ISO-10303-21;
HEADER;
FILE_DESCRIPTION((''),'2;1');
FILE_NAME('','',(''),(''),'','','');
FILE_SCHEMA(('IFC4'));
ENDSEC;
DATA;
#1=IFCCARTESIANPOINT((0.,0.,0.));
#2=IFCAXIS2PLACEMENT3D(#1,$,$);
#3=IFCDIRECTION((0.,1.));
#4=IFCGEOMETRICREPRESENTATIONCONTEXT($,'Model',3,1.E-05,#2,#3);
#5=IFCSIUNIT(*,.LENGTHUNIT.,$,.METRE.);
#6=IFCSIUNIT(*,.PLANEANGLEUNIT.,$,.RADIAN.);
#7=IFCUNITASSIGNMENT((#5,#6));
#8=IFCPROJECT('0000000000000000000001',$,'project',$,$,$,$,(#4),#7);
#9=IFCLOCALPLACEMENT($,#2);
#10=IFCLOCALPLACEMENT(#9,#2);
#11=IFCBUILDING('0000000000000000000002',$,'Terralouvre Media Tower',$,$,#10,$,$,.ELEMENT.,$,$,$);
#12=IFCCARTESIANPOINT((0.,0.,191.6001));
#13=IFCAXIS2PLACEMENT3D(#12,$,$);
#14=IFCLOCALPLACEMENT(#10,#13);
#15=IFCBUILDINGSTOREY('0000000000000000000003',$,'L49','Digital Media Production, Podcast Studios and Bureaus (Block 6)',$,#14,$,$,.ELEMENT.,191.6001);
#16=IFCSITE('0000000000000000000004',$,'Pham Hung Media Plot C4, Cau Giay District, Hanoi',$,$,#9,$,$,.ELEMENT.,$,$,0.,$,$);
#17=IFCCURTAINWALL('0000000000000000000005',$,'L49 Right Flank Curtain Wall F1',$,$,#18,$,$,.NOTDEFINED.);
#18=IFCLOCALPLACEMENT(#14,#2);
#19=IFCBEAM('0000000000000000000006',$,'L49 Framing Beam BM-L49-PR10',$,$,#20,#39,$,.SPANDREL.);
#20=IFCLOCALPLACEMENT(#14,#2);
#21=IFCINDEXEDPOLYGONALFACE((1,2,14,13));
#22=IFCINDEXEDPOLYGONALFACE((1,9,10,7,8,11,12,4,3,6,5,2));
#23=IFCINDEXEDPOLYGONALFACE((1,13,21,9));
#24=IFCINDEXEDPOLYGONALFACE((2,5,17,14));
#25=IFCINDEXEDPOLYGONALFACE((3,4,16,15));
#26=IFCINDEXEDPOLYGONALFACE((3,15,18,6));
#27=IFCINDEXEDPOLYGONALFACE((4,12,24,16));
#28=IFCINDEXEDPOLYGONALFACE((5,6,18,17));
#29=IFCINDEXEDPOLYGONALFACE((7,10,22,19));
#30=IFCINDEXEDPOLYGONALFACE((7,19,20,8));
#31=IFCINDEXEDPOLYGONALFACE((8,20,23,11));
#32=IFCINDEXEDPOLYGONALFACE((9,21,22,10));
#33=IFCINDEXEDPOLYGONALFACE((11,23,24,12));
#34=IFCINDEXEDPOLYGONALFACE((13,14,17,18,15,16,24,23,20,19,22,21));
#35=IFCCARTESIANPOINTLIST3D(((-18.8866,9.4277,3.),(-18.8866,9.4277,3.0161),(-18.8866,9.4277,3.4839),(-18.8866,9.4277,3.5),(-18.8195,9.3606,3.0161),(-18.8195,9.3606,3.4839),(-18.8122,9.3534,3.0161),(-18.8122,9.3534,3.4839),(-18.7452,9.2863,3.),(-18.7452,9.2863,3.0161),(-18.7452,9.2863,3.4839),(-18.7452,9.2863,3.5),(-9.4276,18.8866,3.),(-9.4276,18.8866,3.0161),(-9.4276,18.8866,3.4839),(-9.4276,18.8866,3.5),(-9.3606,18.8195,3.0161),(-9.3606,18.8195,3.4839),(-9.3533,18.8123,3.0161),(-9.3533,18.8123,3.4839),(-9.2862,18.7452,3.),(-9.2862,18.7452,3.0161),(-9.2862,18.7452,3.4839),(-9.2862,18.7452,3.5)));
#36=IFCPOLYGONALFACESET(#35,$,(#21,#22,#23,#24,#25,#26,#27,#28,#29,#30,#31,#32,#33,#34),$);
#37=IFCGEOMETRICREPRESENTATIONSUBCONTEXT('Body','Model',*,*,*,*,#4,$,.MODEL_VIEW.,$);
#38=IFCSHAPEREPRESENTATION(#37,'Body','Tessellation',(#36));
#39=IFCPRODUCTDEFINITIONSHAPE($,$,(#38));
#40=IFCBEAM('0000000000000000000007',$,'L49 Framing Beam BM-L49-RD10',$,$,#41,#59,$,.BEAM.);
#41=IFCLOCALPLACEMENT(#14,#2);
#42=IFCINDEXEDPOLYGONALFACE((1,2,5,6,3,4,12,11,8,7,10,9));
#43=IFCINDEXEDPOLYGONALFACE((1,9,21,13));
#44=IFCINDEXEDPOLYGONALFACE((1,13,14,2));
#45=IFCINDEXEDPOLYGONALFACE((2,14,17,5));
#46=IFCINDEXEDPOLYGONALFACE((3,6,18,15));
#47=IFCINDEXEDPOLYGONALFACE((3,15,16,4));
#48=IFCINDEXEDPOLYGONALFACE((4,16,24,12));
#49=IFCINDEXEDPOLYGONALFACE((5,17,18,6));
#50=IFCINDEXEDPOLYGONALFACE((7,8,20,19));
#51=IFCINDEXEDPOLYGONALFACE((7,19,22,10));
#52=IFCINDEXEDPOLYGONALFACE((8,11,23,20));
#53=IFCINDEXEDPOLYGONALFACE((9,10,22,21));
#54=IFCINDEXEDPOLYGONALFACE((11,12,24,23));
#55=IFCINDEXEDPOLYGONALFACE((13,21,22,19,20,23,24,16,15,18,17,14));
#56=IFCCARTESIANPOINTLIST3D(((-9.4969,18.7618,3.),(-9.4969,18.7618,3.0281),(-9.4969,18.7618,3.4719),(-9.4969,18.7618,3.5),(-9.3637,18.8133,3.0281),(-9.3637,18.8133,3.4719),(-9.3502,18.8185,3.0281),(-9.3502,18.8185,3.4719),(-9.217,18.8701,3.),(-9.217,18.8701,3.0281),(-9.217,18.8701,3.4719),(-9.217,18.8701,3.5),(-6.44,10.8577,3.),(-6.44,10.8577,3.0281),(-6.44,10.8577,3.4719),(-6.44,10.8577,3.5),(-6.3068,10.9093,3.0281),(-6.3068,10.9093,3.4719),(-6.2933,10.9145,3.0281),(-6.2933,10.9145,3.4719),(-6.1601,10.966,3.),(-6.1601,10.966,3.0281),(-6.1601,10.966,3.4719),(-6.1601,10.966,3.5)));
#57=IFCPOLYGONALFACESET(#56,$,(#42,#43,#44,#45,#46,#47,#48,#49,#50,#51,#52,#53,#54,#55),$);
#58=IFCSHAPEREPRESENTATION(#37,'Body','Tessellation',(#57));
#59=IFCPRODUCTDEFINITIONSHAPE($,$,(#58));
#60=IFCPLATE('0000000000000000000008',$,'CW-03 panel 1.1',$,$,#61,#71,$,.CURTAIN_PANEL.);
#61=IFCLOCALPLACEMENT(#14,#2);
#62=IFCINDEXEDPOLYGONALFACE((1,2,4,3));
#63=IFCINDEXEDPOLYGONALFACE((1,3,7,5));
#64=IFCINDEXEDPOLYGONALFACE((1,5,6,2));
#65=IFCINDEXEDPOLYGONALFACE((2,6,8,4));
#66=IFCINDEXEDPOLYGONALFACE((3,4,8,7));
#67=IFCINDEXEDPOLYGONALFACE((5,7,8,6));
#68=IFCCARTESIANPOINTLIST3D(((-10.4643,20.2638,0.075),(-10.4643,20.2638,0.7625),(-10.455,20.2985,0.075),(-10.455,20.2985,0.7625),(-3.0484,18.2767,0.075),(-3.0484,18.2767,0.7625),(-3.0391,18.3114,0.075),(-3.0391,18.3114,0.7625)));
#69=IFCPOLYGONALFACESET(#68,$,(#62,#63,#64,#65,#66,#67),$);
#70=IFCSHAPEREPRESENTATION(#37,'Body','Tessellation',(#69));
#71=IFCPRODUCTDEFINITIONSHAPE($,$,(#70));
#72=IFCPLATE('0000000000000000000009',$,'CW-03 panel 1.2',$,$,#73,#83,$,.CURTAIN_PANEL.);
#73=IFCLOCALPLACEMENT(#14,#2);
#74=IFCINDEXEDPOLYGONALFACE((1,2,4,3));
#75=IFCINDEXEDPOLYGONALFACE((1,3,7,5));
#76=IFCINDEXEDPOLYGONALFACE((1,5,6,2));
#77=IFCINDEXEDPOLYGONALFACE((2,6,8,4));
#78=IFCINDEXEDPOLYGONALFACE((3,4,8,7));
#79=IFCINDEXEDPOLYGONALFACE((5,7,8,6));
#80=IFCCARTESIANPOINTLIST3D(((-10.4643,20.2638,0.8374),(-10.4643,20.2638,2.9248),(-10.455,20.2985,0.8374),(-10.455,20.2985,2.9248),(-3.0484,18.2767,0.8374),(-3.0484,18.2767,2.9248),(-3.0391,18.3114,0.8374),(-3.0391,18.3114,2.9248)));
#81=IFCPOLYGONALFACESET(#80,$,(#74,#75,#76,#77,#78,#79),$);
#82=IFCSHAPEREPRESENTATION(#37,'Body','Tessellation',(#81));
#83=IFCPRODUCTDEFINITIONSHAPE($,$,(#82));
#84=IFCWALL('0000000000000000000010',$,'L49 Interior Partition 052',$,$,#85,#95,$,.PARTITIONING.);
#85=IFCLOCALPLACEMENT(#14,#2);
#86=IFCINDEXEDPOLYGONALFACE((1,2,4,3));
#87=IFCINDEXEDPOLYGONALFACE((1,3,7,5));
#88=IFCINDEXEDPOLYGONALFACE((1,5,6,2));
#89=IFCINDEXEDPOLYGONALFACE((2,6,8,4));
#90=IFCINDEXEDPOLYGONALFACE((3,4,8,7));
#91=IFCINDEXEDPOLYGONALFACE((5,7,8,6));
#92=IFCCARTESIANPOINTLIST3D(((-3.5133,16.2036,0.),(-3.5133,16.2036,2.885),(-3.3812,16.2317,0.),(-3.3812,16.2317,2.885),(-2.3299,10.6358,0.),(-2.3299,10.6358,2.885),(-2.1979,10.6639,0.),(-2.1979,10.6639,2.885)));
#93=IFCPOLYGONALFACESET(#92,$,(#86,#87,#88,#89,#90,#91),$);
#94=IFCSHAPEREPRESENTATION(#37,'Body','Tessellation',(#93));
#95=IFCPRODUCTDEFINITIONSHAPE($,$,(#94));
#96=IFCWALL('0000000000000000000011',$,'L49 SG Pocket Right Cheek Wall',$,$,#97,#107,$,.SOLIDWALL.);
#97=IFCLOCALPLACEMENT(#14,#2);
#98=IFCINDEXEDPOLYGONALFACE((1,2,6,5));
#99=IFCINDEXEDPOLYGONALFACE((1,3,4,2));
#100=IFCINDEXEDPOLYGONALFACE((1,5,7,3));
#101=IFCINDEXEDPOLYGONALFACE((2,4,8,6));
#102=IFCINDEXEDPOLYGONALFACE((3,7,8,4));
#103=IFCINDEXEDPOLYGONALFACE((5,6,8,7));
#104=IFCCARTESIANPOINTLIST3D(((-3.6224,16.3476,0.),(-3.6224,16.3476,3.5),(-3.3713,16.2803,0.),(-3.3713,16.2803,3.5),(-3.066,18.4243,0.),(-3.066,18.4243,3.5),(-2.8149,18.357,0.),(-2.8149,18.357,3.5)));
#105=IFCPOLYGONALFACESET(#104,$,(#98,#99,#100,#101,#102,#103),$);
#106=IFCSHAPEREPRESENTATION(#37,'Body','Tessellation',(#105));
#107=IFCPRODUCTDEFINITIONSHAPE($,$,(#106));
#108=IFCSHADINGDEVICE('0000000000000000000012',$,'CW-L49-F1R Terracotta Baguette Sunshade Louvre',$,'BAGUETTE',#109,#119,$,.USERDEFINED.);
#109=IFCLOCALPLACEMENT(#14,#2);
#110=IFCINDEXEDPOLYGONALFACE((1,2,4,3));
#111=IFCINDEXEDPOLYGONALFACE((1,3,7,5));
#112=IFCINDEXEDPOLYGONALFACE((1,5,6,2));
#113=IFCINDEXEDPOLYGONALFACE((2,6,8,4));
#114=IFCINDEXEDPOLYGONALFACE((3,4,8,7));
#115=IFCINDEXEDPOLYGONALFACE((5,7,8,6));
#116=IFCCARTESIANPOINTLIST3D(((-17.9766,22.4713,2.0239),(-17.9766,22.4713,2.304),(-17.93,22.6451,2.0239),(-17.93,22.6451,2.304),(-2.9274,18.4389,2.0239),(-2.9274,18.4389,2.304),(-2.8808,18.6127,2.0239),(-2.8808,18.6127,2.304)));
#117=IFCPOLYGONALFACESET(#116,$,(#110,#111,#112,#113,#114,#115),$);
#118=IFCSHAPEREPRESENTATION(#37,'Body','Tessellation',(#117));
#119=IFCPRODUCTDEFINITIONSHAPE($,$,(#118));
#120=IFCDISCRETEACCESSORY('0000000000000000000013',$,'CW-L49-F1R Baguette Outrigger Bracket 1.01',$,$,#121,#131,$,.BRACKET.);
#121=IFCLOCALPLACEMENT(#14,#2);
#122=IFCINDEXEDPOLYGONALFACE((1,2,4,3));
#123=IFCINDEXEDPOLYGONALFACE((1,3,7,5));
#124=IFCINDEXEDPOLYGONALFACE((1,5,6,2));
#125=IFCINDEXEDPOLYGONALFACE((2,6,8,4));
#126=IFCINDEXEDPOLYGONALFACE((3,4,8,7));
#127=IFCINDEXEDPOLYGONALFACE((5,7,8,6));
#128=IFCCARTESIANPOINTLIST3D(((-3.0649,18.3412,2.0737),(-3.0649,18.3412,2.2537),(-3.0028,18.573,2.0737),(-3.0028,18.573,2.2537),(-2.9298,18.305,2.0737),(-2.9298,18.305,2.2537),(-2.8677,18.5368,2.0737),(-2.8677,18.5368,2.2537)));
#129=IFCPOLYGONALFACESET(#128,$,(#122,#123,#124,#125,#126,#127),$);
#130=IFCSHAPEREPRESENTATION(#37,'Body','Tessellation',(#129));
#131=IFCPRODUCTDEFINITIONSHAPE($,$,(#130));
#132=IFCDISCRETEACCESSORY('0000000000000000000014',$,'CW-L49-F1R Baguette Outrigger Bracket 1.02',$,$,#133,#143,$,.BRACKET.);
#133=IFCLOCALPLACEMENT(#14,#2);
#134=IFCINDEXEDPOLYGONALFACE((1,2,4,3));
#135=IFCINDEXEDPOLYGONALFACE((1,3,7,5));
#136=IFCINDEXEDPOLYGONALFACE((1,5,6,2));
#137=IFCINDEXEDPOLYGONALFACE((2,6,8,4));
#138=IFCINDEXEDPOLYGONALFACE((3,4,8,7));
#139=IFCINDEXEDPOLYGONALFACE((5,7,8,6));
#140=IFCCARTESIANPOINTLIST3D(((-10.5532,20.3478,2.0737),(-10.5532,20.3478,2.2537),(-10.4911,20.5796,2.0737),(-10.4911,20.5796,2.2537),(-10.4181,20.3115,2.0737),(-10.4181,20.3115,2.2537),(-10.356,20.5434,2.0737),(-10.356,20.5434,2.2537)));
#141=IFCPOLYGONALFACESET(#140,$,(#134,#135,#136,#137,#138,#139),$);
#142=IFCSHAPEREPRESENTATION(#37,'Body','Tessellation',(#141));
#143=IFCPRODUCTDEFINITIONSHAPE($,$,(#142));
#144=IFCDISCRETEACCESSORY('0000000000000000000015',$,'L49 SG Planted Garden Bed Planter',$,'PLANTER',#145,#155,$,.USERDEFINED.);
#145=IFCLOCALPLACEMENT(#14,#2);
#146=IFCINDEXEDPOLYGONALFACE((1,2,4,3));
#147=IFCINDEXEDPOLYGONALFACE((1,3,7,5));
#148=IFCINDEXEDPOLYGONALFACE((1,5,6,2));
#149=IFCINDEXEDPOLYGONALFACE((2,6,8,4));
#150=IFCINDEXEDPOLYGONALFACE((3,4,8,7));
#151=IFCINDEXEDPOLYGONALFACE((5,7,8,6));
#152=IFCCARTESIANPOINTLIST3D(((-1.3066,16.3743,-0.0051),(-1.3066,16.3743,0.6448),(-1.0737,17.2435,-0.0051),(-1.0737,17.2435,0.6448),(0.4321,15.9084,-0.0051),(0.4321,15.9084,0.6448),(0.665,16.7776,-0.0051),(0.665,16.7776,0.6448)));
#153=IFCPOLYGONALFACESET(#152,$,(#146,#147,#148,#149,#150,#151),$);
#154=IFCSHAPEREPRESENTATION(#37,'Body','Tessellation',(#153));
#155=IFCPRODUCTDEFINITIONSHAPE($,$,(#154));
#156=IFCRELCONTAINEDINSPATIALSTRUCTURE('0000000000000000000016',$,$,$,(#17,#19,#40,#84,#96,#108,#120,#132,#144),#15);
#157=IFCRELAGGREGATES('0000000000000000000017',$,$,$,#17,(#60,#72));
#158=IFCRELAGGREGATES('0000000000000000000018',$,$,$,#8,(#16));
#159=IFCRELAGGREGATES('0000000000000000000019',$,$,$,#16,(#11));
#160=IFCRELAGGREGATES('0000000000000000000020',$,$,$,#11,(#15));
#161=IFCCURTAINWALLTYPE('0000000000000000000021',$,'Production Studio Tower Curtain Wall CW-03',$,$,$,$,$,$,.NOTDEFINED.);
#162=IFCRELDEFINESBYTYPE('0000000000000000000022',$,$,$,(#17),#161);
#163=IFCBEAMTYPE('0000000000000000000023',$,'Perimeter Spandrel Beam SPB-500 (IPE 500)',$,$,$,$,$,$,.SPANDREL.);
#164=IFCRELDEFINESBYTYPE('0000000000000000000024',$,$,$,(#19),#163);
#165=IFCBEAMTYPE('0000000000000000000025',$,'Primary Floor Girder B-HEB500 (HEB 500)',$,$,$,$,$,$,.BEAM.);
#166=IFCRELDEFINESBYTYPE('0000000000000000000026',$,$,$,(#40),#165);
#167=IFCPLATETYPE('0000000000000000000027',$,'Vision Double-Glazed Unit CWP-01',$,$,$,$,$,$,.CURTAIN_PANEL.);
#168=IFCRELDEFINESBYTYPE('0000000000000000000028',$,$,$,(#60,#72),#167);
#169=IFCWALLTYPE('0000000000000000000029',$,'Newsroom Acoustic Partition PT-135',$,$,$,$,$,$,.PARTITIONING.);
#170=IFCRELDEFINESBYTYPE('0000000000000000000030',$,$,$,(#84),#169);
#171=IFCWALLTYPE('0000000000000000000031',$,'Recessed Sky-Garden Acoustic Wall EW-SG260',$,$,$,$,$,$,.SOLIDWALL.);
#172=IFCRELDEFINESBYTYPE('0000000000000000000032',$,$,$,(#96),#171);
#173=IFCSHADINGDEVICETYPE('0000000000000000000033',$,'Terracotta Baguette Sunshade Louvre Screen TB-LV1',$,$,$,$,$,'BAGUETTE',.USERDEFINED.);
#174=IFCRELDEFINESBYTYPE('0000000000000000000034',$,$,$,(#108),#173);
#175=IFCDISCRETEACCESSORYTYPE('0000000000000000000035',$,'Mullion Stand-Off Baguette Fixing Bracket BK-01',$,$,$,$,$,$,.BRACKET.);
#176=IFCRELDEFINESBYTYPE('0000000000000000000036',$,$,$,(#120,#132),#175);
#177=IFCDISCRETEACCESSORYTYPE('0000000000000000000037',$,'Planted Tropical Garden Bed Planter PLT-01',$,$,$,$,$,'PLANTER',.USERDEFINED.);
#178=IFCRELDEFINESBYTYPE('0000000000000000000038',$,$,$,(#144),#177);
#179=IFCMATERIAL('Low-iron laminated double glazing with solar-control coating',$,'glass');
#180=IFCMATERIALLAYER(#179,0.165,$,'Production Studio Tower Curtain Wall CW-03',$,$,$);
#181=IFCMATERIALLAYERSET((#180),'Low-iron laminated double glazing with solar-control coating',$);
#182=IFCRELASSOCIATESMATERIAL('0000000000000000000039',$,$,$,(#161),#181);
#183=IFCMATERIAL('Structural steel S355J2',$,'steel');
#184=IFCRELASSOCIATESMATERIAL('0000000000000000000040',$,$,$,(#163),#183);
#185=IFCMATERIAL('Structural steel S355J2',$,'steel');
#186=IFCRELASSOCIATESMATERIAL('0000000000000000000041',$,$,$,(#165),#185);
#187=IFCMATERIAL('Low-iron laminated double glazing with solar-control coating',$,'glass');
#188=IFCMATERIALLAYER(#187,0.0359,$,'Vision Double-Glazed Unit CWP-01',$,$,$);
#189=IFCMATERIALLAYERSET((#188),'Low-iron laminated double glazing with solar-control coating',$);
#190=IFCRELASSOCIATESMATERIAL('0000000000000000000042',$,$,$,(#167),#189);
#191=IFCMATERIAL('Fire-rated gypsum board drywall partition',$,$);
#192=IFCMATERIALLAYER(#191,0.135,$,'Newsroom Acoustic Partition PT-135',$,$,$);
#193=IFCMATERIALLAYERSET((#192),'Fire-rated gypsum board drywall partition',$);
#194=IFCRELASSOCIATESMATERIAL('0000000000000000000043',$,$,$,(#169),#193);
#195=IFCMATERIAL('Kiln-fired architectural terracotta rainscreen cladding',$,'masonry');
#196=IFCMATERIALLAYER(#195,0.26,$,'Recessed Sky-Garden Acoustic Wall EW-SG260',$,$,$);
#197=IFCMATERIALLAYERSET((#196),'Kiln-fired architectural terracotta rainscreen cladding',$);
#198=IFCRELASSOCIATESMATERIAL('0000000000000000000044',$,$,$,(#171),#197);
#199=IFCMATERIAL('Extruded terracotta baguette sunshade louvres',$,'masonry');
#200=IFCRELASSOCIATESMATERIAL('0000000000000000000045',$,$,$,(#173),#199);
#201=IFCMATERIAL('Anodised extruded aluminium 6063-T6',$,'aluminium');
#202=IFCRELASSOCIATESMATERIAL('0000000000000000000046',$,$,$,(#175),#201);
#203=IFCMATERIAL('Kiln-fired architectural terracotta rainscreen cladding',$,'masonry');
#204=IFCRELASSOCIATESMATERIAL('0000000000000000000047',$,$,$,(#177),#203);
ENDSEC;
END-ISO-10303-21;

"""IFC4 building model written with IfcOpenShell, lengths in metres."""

from ifc_helpers import new_model, si_unit, direction, frame, frame_2d, origin, origin_2d, place, context, subcontext, project, spatial, rectangle, i_section, extrude, material, layer, layer_set, material_profile, profile_set, type_object, element, aggregate, save


model = new_model("IFC4")

# Units and contexts
model_context = context("Model", 3, precision=1e-05, world=origin(), true_north=direction((0.0, 1.0)))
body_context = subcontext(model_context, "Body", "Model", "MODEL_VIEW")
ifc_project = project(units=[si_unit("LENGTHUNIT", "METRE"), si_unit("PLANEANGLEUNIT", "RADIAN")], contexts=[model_context])

# Site, building, storey
site_placement = place(None, origin())
site = spatial("IfcSite", under=ifc_project, at=site_placement, Name="Pham Hung Media Plot C4, Cau Giay District, Hanoi", CompositionType="ELEMENT", RefElevation=0.0)
building_placement = place(site_placement, origin())
building = spatial("IfcBuilding", under=site, at=building_placement, Name="Terralouvre Media Tower", CompositionType="ELEMENT")
storey_placement = place(building_placement, frame((0.0, 0.0, 191.6001)))
storey = spatial("IfcBuildingStorey", under=building, at=storey_placement, Name="L49", Description="Digital Media Production, Podcast Studios and Bureaus (Block 6)", CompositionType="ELEMENT", Elevation=191.6001)

# Curtain wall
ifc_material_1 = material(Name="Low-iron laminated double glazing with solar-control coating", Category="glass")
ifc_layer_1 = layer(ifc_material_1, 0.165, Name="Production Studio Tower Curtain Wall CW-03")
ifc_layer_set_1 = layer_set([ifc_layer_1], Name="Low-iron laminated double glazing with solar-control coating")
curtain_wall_type = type_object("IfcCurtainWallType", Name="Production Studio Tower Curtain Wall CW-03", PredefinedType="NOTDEFINED", material=ifc_layer_set_1)
curtain_wall_placement = place(storey_placement, origin())
curtain_wall = element("IfcCurtainWall", 1, at=curtain_wall_placement, inside=storey, type_object=curtain_wall_type, Name="L49 Right Flank Curtain Wall F1", PredefinedType="NOTDEFINED")

# Beams
ifc_material_2 = material(Name="Structural steel S355J2", Category="steel")
ifc_material_profile_1 = material_profile(ifc_material_2, i_section(OverallWidth=0.2, OverallDepth=0.5, WebThickness=0.0103, FlangeThickness=0.0161, at=origin_2d()), Name="IPE 500")
ifc_profile_set_1 = profile_set([ifc_material_profile_1], Name="Structural steel S355J2")
beam_type_1 = type_object("IfcBeamType", Name="Perimeter Spandrel Beam SPB-500 (IPE 500)", PredefinedType="SPANDREL", material=ifc_profile_set_1)
beam_1_placement = place(storey_placement, frame((-9.3569, 18.8159, 3.25), z_axis=(-0.707107, -0.707107, 0.0), x_axis=(0.707107, -0.707107, 0.0)))
element("IfcBeam", 2, at=beam_1_placement, inside=storey, type_object=beam_type_1, Name="L49 Framing Beam BM-L49-PR10", PredefinedType="SPANDREL", context=body_context, shape_type="SweptSolid", body=[
    extrude(i_section(OverallWidth=0.2, OverallDepth=0.5, WebThickness=0.0103, FlangeThickness=0.0161, at=origin_2d()), origin(), (0.0, 0.0, 1.0), 13.377),
])
ifc_material_3 = material(Name="Structural steel S355J2", Category="steel")
ifc_material_profile_2 = material_profile(ifc_material_3, i_section(OverallWidth=0.3, OverallDepth=0.5, WebThickness=0.0144, FlangeThickness=0.0281, at=origin_2d()), Name="HEB 500")
ifc_profile_set_2 = profile_set([ifc_material_profile_2], Name="Structural steel S355J2")
beam_type_2 = type_object("IfcBeamType", Name="Primary Floor Girder B-HEB500 (HEB 500)", PredefinedType="BEAM", material=ifc_profile_set_2)
beam_2_placement = place(storey_placement, frame((-6.3, 10.9119, 3.25), z_axis=(-0.360712, 0.932677, 0.0), x_axis=(-0.932677, -0.360712, 0.0)))
element("IfcBeam", 3, at=beam_2_placement, inside=storey, type_object=beam_type_2, Name="L49 Framing Beam BM-L49-RD10", PredefinedType="BEAM", context=body_context, shape_type="SweptSolid", body=[
    extrude(i_section(OverallWidth=0.3, OverallDepth=0.5, WebThickness=0.0144, FlangeThickness=0.0281, at=origin_2d()), origin(), (0.0, 0.0, 1.0), 8.4746),
])

# Plates
ifc_material_4 = material(Name="Low-iron laminated double glazing with solar-control coating", Category="glass")
ifc_layer_2 = layer(ifc_material_4, 0.0359, Name="Vision Double-Glazed Unit CWP-01")
ifc_layer_set_2 = layer_set([ifc_layer_2], Name="Low-iron laminated double glazing with solar-control coating")
plate_type = type_object("IfcPlateType", Name="Vision Double-Glazed Unit CWP-01", PredefinedType="CURTAIN_PANEL", material=ifc_layer_set_2)
plate_1_placement = place(storey_placement, frame((-6.7517, 19.2876, 0.075), z_axis=(0.0, 0.0, 1.0), x_axis=(-0.965926, 0.258819, 0.0)))
plate_1 = element("IfcPlate", 4, at=plate_1_placement, type_object=plate_type, Name="CW-03 panel 1.1", PredefinedType="CURTAIN_PANEL", context=body_context, shape_type="SweptSolid", body=[
    extrude(rectangle(XDim=7.6775, YDim=0.0359, at=origin_2d()), origin(), (0.0, 0.0, 1.0), 0.6875),
])
plate_2_placement = place(storey_placement, frame((-6.7517, 19.2876, 0.8374), z_axis=(0.0, 0.0, 1.0), x_axis=(-0.965926, 0.258819, 0.0)))
plate_2 = element("IfcPlate", 5, at=plate_2_placement, type_object=plate_type, Name="CW-03 panel 1.2", PredefinedType="CURTAIN_PANEL", context=body_context, shape_type="SweptSolid", body=[
    extrude(rectangle(XDim=7.6775, YDim=0.0359, at=origin_2d()), origin(), (0.0, 0.0, 1.0), 2.0874),
])
aggregate(curtain_wall, [plate_1, plate_2])

# Walls
ifc_material_5 = material(Name="Fire-rated gypsum board drywall partition")
ifc_layer_3 = layer(ifc_material_5, 0.135, Name="Newsroom Acoustic Partition PT-135")
ifc_layer_set_3 = layer_set([ifc_layer_3], Name="Fire-rated gypsum board drywall partition")
wall_type_1 = type_object("IfcWallType", Name="Newsroom Acoustic Partition PT-135", PredefinedType="PARTITIONING", material=ifc_layer_set_3)
wall_1_placement = place(storey_placement, frame((-3.4473, 16.2178, 0.0), z_axis=(0.0, 0.0, 1.0), x_axis=(0.207889, -0.978153, 0.0)))
element("IfcWall", 6, at=wall_1_placement, inside=storey, type_object=wall_type_1, Name="L49 Interior Partition 052", PredefinedType="PARTITIONING", context=body_context, shape_type="SweptSolid", body=[
    extrude(rectangle(XDim=5.6921, YDim=0.135, at=frame_2d((2.8462, 0.0))), origin(), (0.0, 0.0, 1.0), 2.885),
])
ifc_material_6 = material(Name="Kiln-fired architectural terracotta rainscreen cladding", Category="masonry")
ifc_layer_4 = layer(ifc_material_6, 0.26, Name="Recessed Sky-Garden Acoustic Wall EW-SG260")
ifc_layer_set_4 = layer_set([ifc_layer_4], Name="Kiln-fired architectural terracotta rainscreen cladding")
wall_type_2 = type_object("IfcWallType", Name="Recessed Sky-Garden Acoustic Wall EW-SG260", PredefinedType="SOLIDWALL", material=ifc_layer_set_4)
wall_2_placement = place(storey_placement, frame((-3.4968, 16.314, 0.0), z_axis=(0.0, 0.0, 1.0), x_axis=(0.2588, 0.965931, 0.0)))
element("IfcWall", 7, at=wall_2_placement, inside=storey, type_object=wall_type_2, Name="L49 SG Pocket Right Cheek Wall", PredefinedType="SOLIDWALL", context=body_context, shape_type="SweptSolid", body=[
    extrude(rectangle(XDim=2.1499, YDim=0.26, at=frame_2d((1.075, 0.0))), origin(), (0.0, 0.0, 1.0), 3.5),
])

# Shading device
ifc_material_7 = material(Name="Extruded terracotta baguette sunshade louvres", Category="masonry")
shading_device_type = type_object("IfcShadingDeviceType", Name="Terracotta Baguette Sunshade Louvre Screen TB-LV1", ElementType="BAGUETTE", PredefinedType="USERDEFINED", material=ifc_material_7)
shading_device_placement = place(storey_placement, frame((-10.4287, 20.542, 2.0239), z_axis=(0.0, 0.0, 1.0), x_axis=(-0.965926, 0.258819, 0.0)))
element("IfcShadingDevice", 8, at=shading_device_placement, inside=storey, type_object=shading_device_type, Name="CW-L49-F1R Terracotta Baguette Sunshade Louvre", ObjectType="BAGUETTE", PredefinedType="USERDEFINED", context=body_context, shape_type="SweptSolid", body=[
    extrude(rectangle(XDim=15.5801, YDim=0.1799, at=origin_2d()), origin(), (0.0, 0.0, 1.0), 0.28),
])

# Discrete accessories
ifc_material_8 = material(Name="Anodised extruded aluminium 6063-T6", Category="aluminium")
discrete_accessory_type_1 = type_object("IfcDiscreteAccessoryType", Name="Mullion Stand-Off Baguette Fixing Bracket BK-01", PredefinedType="BRACKET", material=ifc_material_8)
for number, where, z_axis, x_axis, name in (
    (9, (-2.9663, 18.439, 2.0737), (0.0, 0.0, 1.0), (-0.965926, 0.258819, 0.0), "CW-L49-F1R Baguette Outrigger Bracket 1.01"),
    (10, (-10.4546, 20.4456, 2.0737), (0.0, 0.0, 1.0), (-0.965926, 0.258819, 0.0), "CW-L49-F1R Baguette Outrigger Bracket 1.02"),
):
    element("IfcDiscreteAccessory", number, at=place(storey_placement, frame(where, z_axis=z_axis, x_axis=x_axis)), inside=storey, type_object=discrete_accessory_type_1, Name=name, PredefinedType="BRACKET", context=body_context, shape_type="SweptSolid", body=[
        extrude(rectangle(XDim=0.1399, YDim=0.24, at=origin_2d()), origin(), (0.0, 0.0, 1.0), 0.1799),
    ])
ifc_material_9 = material(Name="Kiln-fired architectural terracotta rainscreen cladding", Category="masonry")
discrete_accessory_type_2 = type_object("IfcDiscreteAccessoryType", Name="Planted Tropical Garden Bed Planter PLT-01", ElementType="PLANTER", PredefinedType="USERDEFINED", material=ifc_material_9)
discrete_accessory_placement = place(storey_placement, frame((-0.3208, 16.5759, -0.0051), z_axis=(0.0, 0.0, 1.0), x_axis=(-0.965926, 0.258819, 0.0)))
element("IfcDiscreteAccessory", 11, at=discrete_accessory_placement, inside=storey, type_object=discrete_accessory_type_2, Name="L49 SG Planted Garden Bed Planter", ObjectType="PLANTER", PredefinedType="USERDEFINED", context=body_context, shape_type="SweptSolid", body=[
    extrude(rectangle(XDim=1.8, YDim=0.8999, at=origin_2d()), origin(), (0.0, 0.0, 1.0), 0.6499),
])

save(model, "model.ifc")
